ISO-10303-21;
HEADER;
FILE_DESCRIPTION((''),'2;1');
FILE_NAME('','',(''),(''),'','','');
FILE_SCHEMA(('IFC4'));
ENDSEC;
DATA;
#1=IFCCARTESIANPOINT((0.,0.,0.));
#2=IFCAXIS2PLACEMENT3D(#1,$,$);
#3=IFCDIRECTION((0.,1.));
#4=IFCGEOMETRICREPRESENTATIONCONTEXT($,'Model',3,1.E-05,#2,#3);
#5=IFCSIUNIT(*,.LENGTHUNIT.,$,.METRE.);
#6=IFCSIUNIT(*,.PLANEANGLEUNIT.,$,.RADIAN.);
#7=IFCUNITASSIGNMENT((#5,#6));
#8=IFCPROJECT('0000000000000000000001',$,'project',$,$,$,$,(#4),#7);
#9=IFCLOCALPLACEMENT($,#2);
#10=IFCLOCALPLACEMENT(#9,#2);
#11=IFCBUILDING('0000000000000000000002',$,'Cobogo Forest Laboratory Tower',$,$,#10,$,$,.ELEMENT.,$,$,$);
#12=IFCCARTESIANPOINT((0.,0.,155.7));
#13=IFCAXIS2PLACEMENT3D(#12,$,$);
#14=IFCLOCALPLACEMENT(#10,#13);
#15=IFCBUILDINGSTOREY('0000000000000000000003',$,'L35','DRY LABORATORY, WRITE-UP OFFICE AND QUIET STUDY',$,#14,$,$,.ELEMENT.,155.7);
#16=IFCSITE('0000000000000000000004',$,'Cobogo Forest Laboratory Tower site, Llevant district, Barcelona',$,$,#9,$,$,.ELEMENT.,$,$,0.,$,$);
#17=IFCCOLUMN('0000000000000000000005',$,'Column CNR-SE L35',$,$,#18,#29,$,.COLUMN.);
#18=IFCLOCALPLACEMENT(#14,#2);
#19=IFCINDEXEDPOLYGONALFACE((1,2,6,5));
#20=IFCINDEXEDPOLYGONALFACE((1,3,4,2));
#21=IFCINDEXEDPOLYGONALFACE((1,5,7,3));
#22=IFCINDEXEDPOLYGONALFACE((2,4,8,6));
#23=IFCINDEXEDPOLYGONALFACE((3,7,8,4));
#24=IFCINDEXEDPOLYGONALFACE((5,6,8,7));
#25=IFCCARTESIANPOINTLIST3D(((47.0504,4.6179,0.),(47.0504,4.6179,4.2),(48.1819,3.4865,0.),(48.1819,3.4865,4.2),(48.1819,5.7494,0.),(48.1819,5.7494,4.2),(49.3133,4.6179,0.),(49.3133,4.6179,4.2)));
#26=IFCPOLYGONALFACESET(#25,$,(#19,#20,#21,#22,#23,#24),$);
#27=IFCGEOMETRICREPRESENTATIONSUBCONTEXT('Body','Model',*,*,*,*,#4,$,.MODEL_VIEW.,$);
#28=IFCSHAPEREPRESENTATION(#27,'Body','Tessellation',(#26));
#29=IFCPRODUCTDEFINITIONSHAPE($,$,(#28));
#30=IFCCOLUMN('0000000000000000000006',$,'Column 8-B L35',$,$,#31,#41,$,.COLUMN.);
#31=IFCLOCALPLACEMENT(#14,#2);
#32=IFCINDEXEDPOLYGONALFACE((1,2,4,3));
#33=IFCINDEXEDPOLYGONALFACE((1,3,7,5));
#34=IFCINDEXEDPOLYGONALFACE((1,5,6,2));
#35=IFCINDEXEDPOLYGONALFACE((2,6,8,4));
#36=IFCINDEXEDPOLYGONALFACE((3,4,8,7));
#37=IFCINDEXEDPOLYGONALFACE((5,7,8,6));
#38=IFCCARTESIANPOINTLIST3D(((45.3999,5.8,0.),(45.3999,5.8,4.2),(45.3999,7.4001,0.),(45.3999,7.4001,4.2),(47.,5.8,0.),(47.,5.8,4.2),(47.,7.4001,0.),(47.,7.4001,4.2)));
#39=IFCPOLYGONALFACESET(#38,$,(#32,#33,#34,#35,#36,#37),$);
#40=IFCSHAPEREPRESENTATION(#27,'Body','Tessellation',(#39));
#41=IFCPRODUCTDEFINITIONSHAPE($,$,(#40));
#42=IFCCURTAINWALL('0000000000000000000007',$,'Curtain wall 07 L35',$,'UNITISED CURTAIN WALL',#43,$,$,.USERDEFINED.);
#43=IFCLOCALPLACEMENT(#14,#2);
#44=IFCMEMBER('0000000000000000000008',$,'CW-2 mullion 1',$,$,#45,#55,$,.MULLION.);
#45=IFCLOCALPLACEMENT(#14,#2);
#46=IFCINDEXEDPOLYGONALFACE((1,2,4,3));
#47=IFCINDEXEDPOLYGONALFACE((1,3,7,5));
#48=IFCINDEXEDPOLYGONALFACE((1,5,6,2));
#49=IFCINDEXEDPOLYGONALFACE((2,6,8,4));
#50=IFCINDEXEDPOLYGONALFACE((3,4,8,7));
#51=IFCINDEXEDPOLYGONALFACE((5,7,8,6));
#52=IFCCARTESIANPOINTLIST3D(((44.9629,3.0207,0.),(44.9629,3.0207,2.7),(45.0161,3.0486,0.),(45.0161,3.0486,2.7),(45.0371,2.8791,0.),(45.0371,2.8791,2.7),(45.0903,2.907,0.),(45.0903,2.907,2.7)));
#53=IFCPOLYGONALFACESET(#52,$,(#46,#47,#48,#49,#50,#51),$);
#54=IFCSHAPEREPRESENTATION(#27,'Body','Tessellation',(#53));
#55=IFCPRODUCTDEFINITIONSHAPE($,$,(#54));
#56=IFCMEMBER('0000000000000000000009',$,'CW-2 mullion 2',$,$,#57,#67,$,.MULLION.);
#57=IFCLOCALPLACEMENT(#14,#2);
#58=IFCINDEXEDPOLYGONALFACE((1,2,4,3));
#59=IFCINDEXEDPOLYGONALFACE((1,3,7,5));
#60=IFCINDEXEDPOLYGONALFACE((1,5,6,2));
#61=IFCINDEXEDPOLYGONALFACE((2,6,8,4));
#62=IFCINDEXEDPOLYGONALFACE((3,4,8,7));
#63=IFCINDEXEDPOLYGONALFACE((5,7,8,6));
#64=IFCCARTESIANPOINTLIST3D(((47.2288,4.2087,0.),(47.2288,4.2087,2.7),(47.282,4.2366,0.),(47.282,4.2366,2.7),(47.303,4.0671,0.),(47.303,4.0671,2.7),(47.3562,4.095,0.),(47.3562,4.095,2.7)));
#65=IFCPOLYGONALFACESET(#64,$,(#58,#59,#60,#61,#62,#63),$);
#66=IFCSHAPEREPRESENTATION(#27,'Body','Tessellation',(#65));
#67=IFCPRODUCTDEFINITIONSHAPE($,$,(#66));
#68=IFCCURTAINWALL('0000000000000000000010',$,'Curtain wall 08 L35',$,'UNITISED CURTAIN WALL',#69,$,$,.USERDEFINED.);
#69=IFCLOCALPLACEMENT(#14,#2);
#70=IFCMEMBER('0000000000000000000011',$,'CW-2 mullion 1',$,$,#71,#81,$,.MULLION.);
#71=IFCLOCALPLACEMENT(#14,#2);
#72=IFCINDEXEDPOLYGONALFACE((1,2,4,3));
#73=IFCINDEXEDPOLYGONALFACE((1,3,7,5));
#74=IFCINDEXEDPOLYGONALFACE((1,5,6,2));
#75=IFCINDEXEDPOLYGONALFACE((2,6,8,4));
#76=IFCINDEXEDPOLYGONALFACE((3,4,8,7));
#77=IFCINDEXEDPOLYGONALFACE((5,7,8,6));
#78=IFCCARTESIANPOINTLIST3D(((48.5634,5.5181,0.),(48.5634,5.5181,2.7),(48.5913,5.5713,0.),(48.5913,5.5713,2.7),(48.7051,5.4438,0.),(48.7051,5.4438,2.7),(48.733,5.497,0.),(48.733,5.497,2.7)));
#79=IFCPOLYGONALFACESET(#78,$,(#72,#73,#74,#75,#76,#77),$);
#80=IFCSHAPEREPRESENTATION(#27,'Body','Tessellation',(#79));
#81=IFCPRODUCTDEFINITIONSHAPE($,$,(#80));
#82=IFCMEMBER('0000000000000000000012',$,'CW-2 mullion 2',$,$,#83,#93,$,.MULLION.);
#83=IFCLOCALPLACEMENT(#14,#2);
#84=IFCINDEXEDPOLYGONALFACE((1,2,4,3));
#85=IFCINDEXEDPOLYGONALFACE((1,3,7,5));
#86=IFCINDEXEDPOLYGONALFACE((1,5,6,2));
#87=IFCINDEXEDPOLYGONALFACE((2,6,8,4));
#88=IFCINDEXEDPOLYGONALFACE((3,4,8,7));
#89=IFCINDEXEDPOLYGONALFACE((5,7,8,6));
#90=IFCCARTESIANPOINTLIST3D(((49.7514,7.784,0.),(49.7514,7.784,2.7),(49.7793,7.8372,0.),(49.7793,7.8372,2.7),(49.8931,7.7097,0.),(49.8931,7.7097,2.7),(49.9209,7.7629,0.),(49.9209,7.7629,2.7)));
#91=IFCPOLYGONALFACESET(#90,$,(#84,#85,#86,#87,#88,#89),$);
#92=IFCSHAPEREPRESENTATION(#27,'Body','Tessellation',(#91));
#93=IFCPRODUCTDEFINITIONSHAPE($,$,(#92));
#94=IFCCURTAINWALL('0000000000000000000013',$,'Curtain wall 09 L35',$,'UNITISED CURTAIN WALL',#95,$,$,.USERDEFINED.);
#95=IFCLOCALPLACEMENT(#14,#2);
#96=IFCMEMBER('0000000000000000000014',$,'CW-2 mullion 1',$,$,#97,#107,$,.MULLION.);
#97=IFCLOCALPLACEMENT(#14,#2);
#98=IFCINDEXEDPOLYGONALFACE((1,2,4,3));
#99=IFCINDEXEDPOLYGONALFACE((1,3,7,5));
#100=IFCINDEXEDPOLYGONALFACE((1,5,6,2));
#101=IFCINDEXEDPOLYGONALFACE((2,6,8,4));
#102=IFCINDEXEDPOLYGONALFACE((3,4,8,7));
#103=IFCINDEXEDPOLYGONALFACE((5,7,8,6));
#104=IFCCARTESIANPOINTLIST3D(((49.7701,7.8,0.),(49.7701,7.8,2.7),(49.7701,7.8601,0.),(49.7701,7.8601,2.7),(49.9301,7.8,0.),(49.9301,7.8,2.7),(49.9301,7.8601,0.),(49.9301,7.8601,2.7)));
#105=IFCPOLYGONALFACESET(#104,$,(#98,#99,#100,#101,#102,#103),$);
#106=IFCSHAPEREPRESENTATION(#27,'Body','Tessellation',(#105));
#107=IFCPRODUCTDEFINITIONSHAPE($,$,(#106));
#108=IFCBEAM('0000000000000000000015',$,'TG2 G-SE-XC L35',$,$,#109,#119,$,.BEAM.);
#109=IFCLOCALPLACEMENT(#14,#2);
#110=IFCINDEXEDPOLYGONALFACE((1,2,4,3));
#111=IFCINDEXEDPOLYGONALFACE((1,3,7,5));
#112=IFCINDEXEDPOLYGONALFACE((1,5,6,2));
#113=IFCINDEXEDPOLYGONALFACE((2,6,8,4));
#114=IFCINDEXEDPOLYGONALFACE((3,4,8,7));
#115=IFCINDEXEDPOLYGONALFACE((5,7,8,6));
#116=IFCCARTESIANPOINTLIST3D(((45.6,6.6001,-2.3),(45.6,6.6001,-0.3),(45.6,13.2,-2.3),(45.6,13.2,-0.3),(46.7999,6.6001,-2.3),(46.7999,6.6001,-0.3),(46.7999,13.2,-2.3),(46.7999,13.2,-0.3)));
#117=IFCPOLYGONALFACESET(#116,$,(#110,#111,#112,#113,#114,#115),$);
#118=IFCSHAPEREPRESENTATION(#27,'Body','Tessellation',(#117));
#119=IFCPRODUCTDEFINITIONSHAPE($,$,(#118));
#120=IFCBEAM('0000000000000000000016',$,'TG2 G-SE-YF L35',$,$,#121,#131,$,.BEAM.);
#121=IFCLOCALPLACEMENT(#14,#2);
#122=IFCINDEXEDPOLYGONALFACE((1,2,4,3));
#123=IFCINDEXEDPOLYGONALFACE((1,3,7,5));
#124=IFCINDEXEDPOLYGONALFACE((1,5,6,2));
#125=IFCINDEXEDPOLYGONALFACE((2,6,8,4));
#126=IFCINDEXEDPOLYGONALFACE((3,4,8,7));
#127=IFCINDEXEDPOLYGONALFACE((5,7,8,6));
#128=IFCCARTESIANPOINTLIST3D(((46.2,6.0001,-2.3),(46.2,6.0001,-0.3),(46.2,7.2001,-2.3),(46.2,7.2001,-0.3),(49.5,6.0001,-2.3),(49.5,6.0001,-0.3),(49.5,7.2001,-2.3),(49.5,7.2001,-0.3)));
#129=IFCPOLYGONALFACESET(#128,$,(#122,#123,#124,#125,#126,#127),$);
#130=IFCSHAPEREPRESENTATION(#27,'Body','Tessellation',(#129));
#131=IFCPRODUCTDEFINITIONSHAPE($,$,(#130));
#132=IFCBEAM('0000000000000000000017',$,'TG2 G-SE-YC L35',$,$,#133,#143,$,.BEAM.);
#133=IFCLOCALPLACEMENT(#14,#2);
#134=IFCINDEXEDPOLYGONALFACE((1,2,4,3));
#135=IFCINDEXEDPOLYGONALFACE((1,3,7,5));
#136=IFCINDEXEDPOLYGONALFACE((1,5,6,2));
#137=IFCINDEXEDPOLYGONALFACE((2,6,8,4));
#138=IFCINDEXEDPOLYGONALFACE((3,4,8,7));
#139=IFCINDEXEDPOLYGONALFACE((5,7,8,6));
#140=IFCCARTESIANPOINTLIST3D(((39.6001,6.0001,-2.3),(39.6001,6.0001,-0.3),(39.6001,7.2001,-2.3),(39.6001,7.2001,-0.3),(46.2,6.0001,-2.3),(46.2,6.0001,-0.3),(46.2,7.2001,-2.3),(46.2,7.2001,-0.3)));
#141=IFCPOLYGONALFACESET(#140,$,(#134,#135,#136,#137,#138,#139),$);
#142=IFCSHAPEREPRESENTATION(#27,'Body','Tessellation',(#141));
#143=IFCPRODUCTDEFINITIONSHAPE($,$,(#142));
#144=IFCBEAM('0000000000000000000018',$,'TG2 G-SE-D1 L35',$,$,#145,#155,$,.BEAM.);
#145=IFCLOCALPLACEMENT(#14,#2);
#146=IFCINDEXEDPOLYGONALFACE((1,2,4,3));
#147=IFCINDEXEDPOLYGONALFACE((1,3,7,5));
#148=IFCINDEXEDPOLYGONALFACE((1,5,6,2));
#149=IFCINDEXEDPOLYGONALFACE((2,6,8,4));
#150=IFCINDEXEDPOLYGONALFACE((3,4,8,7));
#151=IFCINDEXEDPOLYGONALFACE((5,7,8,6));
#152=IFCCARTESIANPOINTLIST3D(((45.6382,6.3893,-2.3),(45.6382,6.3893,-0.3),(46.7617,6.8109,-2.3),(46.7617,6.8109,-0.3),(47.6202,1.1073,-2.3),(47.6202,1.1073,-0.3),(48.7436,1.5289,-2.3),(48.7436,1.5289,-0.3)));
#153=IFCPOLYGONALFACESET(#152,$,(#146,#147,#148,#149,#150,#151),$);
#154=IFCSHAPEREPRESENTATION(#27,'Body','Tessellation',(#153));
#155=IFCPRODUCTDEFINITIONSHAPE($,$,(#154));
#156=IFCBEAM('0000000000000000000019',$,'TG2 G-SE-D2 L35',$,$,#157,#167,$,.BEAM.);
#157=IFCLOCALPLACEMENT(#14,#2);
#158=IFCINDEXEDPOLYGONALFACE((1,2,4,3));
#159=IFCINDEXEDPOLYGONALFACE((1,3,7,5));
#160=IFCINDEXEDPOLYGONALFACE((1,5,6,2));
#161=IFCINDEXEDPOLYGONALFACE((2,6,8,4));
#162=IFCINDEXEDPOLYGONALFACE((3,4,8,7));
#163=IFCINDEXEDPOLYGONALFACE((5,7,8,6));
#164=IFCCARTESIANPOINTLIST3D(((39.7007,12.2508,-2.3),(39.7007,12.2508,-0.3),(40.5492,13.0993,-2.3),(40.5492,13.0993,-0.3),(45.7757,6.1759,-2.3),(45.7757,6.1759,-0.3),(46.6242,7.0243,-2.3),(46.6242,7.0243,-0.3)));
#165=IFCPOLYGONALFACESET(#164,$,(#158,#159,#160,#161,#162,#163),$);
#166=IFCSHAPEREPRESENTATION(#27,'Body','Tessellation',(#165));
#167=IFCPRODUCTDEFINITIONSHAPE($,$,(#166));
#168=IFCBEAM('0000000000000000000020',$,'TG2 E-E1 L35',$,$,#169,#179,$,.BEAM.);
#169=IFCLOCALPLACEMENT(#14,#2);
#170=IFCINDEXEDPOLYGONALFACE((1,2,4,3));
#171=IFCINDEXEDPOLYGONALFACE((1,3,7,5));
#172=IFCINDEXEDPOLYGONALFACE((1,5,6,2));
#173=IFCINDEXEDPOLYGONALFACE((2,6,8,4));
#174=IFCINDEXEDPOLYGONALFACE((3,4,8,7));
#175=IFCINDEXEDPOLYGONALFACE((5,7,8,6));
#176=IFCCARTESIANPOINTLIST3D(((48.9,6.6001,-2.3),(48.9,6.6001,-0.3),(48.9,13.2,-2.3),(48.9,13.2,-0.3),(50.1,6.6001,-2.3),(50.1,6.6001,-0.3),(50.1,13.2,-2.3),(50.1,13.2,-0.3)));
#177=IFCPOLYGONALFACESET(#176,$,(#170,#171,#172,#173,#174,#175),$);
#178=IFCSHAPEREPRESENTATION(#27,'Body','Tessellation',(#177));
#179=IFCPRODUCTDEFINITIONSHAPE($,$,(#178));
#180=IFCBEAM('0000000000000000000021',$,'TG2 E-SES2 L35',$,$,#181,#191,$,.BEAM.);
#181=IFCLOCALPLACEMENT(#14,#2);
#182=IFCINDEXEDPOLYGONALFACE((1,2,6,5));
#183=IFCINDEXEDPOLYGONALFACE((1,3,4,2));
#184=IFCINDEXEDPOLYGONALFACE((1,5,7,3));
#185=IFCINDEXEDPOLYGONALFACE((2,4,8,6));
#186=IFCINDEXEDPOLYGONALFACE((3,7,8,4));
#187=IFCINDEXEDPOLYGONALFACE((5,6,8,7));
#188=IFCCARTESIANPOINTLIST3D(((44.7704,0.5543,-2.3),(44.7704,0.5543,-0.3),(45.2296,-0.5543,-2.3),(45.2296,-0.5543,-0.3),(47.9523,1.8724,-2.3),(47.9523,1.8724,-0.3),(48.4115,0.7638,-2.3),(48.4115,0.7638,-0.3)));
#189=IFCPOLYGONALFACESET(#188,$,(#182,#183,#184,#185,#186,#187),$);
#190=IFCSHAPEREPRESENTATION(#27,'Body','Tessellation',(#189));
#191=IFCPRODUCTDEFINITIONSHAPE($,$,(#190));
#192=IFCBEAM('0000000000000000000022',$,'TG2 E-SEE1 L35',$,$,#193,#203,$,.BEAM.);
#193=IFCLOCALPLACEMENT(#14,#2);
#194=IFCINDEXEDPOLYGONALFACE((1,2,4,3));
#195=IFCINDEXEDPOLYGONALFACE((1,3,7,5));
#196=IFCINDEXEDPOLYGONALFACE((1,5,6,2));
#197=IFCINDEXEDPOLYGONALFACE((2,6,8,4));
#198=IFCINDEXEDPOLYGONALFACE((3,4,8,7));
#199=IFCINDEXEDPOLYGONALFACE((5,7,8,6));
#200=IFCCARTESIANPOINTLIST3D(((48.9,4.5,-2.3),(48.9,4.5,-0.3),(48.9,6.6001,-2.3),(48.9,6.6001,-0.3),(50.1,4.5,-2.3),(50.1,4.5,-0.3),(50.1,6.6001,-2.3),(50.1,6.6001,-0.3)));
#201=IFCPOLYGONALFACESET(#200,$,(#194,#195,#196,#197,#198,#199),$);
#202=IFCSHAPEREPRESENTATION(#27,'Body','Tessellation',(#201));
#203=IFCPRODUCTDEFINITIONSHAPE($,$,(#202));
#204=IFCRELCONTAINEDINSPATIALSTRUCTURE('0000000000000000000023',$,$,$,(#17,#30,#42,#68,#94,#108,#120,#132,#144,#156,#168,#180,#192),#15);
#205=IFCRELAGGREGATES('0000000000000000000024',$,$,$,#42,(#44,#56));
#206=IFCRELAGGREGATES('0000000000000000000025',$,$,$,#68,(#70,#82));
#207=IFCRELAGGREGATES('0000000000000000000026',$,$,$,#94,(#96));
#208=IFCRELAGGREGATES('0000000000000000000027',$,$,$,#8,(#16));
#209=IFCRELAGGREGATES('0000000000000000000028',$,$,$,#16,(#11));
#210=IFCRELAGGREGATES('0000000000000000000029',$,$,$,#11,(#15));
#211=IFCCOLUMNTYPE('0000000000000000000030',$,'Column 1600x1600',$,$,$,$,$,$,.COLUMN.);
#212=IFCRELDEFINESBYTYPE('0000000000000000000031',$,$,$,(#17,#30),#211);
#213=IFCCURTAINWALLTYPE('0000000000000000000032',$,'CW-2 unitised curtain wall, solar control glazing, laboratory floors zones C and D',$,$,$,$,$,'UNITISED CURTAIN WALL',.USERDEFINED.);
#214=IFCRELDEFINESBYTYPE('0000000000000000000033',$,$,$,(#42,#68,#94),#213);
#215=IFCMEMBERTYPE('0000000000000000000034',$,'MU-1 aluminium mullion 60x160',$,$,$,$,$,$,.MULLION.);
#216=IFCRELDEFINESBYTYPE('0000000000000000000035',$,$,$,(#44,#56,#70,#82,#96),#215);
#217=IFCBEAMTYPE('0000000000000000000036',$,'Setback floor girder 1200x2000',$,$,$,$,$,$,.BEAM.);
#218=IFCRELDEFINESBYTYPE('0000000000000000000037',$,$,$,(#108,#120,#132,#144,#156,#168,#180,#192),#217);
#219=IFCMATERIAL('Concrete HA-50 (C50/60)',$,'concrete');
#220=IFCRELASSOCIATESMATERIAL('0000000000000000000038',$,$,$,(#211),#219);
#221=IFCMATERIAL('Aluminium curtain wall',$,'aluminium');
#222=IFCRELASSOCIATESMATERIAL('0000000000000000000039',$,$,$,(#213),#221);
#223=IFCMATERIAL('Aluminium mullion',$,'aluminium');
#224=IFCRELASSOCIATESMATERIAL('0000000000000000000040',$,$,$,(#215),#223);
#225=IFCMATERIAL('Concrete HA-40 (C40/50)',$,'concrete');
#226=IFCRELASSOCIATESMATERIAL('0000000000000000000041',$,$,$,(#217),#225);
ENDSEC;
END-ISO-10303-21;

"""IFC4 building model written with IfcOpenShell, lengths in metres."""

from ifc_helpers import new_model, si_unit, direction, frame, origin, origin_2d, place, context, subcontext, project, spatial, rectangle, extrude, material, material_profile, profile_set, type_object, element, aggregate, save


model = new_model("IFC4")

# Units and contexts
model_context = context("Model", 3, precision=1e-05, world=origin(), true_north=direction((0.0, 1.0)))
body_context = subcontext(model_context, "Body", "Model", "MODEL_VIEW")
ifc_project = project(units=[si_unit("LENGTHUNIT", "METRE"), si_unit("PLANEANGLEUNIT", "RADIAN")], contexts=[model_context])

# Site, building, storey
site_placement = place(None, origin())
site = spatial("IfcSite", under=ifc_project, at=site_placement, Name="Cobogo Forest Laboratory Tower site, Llevant district, Barcelona", CompositionType="ELEMENT", RefElevation=0.0)
building_placement = place(site_placement, origin())
building = spatial("IfcBuilding", under=site, at=building_placement, Name="Cobogo Forest Laboratory Tower", CompositionType="ELEMENT")
storey_placement = place(building_placement, frame((0.0, 0.0, 155.7)))
storey = spatial("IfcBuildingStorey", under=building, at=storey_placement, Name="L35", Description="DRY LABORATORY, WRITE-UP OFFICE AND QUIET STUDY", CompositionType="ELEMENT", Elevation=155.7)

# Columns
ifc_material_1 = material(Name="Concrete HA-50 (C50/60)", Category="concrete")
ifc_material_profile_1 = material_profile(ifc_material_1, rectangle(XDim=1.6001, YDim=1.6001, at=origin_2d()), Name="RC 1600x1600")
ifc_profile_set_1 = profile_set([ifc_material_profile_1], Name="Concrete HA-50 (C50/60)")
column_type = type_object("IfcColumnType", Name="Column 1600x1600", PredefinedType="COLUMN", material=ifc_profile_set_1)
for number, where, z_axis, x_axis, name in (
    (1, (48.1819, 4.6179, 0.0), (0.0, 0.0, 1.0), (0.707107, 0.707107, 0.0), "Column CNR-SE L35"),
    (2, (46.2, 6.6001, 0.0), (0.0, 0.0, 1.0), (1.0, 0.0, 0.0), "Column 8-B L35"),
):
    element("IfcColumn", number, at=place(storey_placement, frame(where, z_axis=z_axis, x_axis=x_axis)), inside=storey, type_object=column_type, Name=name, PredefinedType="COLUMN", context=body_context, shape_type="SweptSolid", body=[
        extrude(rectangle(XDim=1.6001, YDim=1.6001, at=origin_2d()), origin(), (0.0, 0.0, 1.0), 4.2),
    ])

# Curtain walls, members
ifc_material_2 = material(Name="Aluminium curtain wall", Category="aluminium")
curtain_wall_type = type_object("IfcCurtainWallType", Name="CW-2 unitised curtain wall, solar control glazing, laboratory floors zones C and D", ElementType="UNITISED CURTAIN WALL", PredefinedType="USERDEFINED", material=ifc_material_2)
curtain_wall_1_placement = place(storey_placement, origin())
curtain_wall_1 = element("IfcCurtainWall", 3, at=curtain_wall_1_placement, inside=storey, type_object=curtain_wall_type, Name="Curtain wall 07 L35", ObjectType="UNITISED CURTAIN WALL", PredefinedType="USERDEFINED")
ifc_material_3 = material(Name="Aluminium mullion", Category="aluminium")
ifc_material_profile_2 = material_profile(ifc_material_3, rectangle(XDim=0.0601, YDim=0.1599, at=origin_2d()), Name="AL 60x160")
ifc_profile_set_2 = profile_set([ifc_material_profile_2], Name="Aluminium mullion")
member_type_1 = type_object("IfcMemberType", Name="MU-1 aluminium mullion 60x160", PredefinedType="MULLION", material=ifc_profile_set_2)
member_1_placement = place(storey_placement, frame((45.0266, 2.9639, 0.0), z_axis=(0.0, 0.0, 1.0), x_axis=(0.885687, 0.464284, 0.0)))
member_1 = element("IfcMember", 4, at=member_1_placement, type_object=member_type_1, Name="CW-2 mullion 1", PredefinedType="MULLION", context=body_context, shape_type="SweptSolid", body=[
    extrude(rectangle(XDim=0.0601, YDim=0.1599, at=origin_2d()), origin(), (0.0, 0.0, 1.0), 2.7),
])
member_2_placement = place(storey_placement, frame((47.2925, 4.1519, 0.0), z_axis=(0.0, 0.0, 1.0), x_axis=(0.885687, 0.464284, 0.0)))
member_2 = element("IfcMember", 5, at=member_2_placement, type_object=member_type_1, Name="CW-2 mullion 2", PredefinedType="MULLION", context=body_context, shape_type="SweptSolid", body=[
    extrude(rectangle(XDim=0.0601, YDim=0.1599, at=origin_2d()), origin(), (0.0, 0.0, 1.0), 2.7),
])
curtain_wall_2_placement = place(storey_placement, origin())
curtain_wall_2 = element("IfcCurtainWall", 6, at=curtain_wall_2_placement, inside=storey, type_object=curtain_wall_type, Name="Curtain wall 08 L35", ObjectType="UNITISED CURTAIN WALL", PredefinedType="USERDEFINED")
member_3_placement = place(storey_placement, frame((48.6482, 5.5076, 0.0), z_axis=(0.0, 0.0, 1.0), x_axis=(0.464284, 0.885687, 0.0)))
member_3 = element("IfcMember", 7, at=member_3_placement, type_object=member_type_1, Name="CW-2 mullion 1", PredefinedType="MULLION", context=body_context, shape_type="SweptSolid", body=[
    extrude(rectangle(XDim=0.0601, YDim=0.1599, at=origin_2d()), origin(), (0.0, 0.0, 1.0), 2.7),
])
member_4_placement = place(storey_placement, frame((49.8362, 7.7734, 0.0), z_axis=(0.0, 0.0, 1.0), x_axis=(0.464284, 0.885687, 0.0)))
member_4 = element("IfcMember", 8, at=member_4_placement, type_object=member_type_1, Name="CW-2 mullion 2", PredefinedType="MULLION", context=body_context, shape_type="SweptSolid", body=[
    extrude(rectangle(XDim=0.0601, YDim=0.1599, at=origin_2d()), origin(), (0.0, 0.0, 1.0), 2.7),
])

# Curtain wall, member
curtain_wall_3_placement = place(storey_placement, origin())
curtain_wall_3 = element("IfcCurtainWall", 9, at=curtain_wall_3_placement, inside=storey, type_object=curtain_wall_type, Name="Curtain wall 09 L35", ObjectType="UNITISED CURTAIN WALL", PredefinedType="USERDEFINED")
member_5_placement = place(storey_placement, frame((49.8501, 7.8301, 0.0), z_axis=(0.0, 0.0, 1.0), x_axis=(0.0, 1.0, 0.0)))
member_5 = element("IfcMember", 10, at=member_5_placement, type_object=member_type_1, Name="CW-2 mullion 1", PredefinedType="MULLION", context=body_context, shape_type="SweptSolid", body=[
    extrude(rectangle(XDim=0.0601, YDim=0.1599, at=origin_2d()), origin(), (0.0, 0.0, 1.0), 2.7),
])

# Beams
ifc_material_4 = material(Name="Concrete HA-40 (C40/50)", Category="concrete")
ifc_material_profile_3 = material_profile(ifc_material_4, rectangle(XDim=1.2, YDim=2.0, at=origin_2d()), Name="RC 1200x2000")
ifc_profile_set_3 = profile_set([ifc_material_profile_3], Name="Concrete HA-40 (C40/50)")
beam_type = type_object("IfcBeamType", Name="Setback floor girder 1200x2000", PredefinedType="BEAM", material=ifc_profile_set_3)
beam_1_placement = place(storey_placement, frame((46.2, 6.6001, -1.3), z_axis=(0.0, 1.0, 0.0), x_axis=(-1.0, 0.0, 0.0)))
element("IfcBeam", 11, at=beam_1_placement, inside=storey, type_object=beam_type, Name="TG2 G-SE-XC L35", PredefinedType="BEAM", context=body_context, shape_type="SweptSolid", body=[
    extrude(rectangle(XDim=1.2, YDim=2.0, at=origin_2d()), origin(), (0.0, 0.0, 1.0), 6.5999),
])
beam_2_placement = place(storey_placement, frame((49.5, 6.6001, -1.3), z_axis=(-1.0, 0.0, 0.0), x_axis=(0.0, -1.0, 0.0)))
element("IfcBeam", 12, at=beam_2_placement, inside=storey, type_object=beam_type, Name="TG2 G-SE-YF L35", PredefinedType="BEAM", context=body_context, shape_type="SweptSolid", body=[
    extrude(rectangle(XDim=1.2, YDim=2.0, at=origin_2d()), origin(), (0.0, 0.0, 1.0), 3.3),
])
beam_3_placement = place(storey_placement, frame((46.2, 6.6001, -1.3), z_axis=(-1.0, 0.0, 0.0), x_axis=(0.0, -1.0, 0.0)))
element("IfcBeam", 13, at=beam_3_placement, inside=storey, type_object=beam_type, Name="TG2 G-SE-YC L35", PredefinedType="BEAM", context=body_context, shape_type="SweptSolid", body=[
    extrude(rectangle(XDim=1.2, YDim=2.0, at=origin_2d()), origin(), (0.0, 0.0, 1.0), 6.5999),
])
beam_4_placement = place(storey_placement, frame((48.1819, 1.3181, -1.3), z_axis=(-0.351308, 0.93626, 0.0), x_axis=(-0.93626, -0.351308, 0.0)))
element("IfcBeam", 14, at=beam_4_placement, inside=storey, type_object=beam_type, Name="TG2 G-SE-D1 L35", PredefinedType="BEAM", context=body_context, shape_type="SweptSolid", body=[
    extrude(rectangle(XDim=1.2, YDim=2.0, at=origin_2d()), origin(), (0.0, 0.0, 1.0), 5.6416),
])
beam_5_placement = place(storey_placement, frame((46.2, 6.6001, -1.3), z_axis=(-0.707107, 0.707107, 0.0), x_axis=(-0.707107, -0.707107, 0.0)))
element("IfcBeam", 15, at=beam_5_placement, inside=storey, type_object=beam_type, Name="TG2 G-SE-D2 L35", PredefinedType="BEAM", context=body_context, shape_type="SweptSolid", body=[
    extrude(rectangle(XDim=1.2, YDim=2.0, at=origin_2d()), origin(), (0.0, 0.0, 1.0), 8.5913),
])
beam_6_placement = place(storey_placement, frame((49.5, 6.6001, -1.3), z_axis=(0.0, 1.0, 0.0), x_axis=(-1.0, 0.0, 0.0)))
element("IfcBeam", 16, at=beam_6_placement, inside=storey, type_object=beam_type, Name="TG2 E-E1 L35", PredefinedType="BEAM", context=body_context, shape_type="SweptSolid", body=[
    extrude(rectangle(XDim=1.2, YDim=2.0, at=origin_2d()), origin(), (0.0, 0.0, 1.0), 6.5999),
])
beam_7_placement = place(storey_placement, frame((45.0, 0.0, -1.3), z_axis=(0.923866, 0.382717, 0.0), x_axis=(-0.382717, 0.923866, 0.0)))
element("IfcBeam", 17, at=beam_7_placement, inside=storey, type_object=beam_type, Name="TG2 E-SES2 L35", PredefinedType="BEAM", context=body_context, shape_type="SweptSolid", body=[
    extrude(rectangle(XDim=1.2, YDim=2.0, at=origin_2d()), origin(), (0.0, 0.0, 1.0), 3.4441),
])
beam_8_placement = place(storey_placement, frame((49.5, 6.6001, -1.3), z_axis=(0.0, -1.0, 0.0), x_axis=(1.0, 0.0, 0.0)))
element("IfcBeam", 18, at=beam_8_placement, inside=storey, type_object=beam_type, Name="TG2 E-SEE1 L35", PredefinedType="BEAM", context=body_context, shape_type="SweptSolid", body=[
    extrude(rectangle(XDim=1.2, YDim=2.0, at=origin_2d()), origin(), (0.0, 0.0, 1.0), 2.1001),
])

aggregate(curtain_wall_1, [member_1, member_2])
aggregate(curtain_wall_2, [member_3, member_4])
aggregate(curtain_wall_3, [member_5])

save(model, "model.ifc")
